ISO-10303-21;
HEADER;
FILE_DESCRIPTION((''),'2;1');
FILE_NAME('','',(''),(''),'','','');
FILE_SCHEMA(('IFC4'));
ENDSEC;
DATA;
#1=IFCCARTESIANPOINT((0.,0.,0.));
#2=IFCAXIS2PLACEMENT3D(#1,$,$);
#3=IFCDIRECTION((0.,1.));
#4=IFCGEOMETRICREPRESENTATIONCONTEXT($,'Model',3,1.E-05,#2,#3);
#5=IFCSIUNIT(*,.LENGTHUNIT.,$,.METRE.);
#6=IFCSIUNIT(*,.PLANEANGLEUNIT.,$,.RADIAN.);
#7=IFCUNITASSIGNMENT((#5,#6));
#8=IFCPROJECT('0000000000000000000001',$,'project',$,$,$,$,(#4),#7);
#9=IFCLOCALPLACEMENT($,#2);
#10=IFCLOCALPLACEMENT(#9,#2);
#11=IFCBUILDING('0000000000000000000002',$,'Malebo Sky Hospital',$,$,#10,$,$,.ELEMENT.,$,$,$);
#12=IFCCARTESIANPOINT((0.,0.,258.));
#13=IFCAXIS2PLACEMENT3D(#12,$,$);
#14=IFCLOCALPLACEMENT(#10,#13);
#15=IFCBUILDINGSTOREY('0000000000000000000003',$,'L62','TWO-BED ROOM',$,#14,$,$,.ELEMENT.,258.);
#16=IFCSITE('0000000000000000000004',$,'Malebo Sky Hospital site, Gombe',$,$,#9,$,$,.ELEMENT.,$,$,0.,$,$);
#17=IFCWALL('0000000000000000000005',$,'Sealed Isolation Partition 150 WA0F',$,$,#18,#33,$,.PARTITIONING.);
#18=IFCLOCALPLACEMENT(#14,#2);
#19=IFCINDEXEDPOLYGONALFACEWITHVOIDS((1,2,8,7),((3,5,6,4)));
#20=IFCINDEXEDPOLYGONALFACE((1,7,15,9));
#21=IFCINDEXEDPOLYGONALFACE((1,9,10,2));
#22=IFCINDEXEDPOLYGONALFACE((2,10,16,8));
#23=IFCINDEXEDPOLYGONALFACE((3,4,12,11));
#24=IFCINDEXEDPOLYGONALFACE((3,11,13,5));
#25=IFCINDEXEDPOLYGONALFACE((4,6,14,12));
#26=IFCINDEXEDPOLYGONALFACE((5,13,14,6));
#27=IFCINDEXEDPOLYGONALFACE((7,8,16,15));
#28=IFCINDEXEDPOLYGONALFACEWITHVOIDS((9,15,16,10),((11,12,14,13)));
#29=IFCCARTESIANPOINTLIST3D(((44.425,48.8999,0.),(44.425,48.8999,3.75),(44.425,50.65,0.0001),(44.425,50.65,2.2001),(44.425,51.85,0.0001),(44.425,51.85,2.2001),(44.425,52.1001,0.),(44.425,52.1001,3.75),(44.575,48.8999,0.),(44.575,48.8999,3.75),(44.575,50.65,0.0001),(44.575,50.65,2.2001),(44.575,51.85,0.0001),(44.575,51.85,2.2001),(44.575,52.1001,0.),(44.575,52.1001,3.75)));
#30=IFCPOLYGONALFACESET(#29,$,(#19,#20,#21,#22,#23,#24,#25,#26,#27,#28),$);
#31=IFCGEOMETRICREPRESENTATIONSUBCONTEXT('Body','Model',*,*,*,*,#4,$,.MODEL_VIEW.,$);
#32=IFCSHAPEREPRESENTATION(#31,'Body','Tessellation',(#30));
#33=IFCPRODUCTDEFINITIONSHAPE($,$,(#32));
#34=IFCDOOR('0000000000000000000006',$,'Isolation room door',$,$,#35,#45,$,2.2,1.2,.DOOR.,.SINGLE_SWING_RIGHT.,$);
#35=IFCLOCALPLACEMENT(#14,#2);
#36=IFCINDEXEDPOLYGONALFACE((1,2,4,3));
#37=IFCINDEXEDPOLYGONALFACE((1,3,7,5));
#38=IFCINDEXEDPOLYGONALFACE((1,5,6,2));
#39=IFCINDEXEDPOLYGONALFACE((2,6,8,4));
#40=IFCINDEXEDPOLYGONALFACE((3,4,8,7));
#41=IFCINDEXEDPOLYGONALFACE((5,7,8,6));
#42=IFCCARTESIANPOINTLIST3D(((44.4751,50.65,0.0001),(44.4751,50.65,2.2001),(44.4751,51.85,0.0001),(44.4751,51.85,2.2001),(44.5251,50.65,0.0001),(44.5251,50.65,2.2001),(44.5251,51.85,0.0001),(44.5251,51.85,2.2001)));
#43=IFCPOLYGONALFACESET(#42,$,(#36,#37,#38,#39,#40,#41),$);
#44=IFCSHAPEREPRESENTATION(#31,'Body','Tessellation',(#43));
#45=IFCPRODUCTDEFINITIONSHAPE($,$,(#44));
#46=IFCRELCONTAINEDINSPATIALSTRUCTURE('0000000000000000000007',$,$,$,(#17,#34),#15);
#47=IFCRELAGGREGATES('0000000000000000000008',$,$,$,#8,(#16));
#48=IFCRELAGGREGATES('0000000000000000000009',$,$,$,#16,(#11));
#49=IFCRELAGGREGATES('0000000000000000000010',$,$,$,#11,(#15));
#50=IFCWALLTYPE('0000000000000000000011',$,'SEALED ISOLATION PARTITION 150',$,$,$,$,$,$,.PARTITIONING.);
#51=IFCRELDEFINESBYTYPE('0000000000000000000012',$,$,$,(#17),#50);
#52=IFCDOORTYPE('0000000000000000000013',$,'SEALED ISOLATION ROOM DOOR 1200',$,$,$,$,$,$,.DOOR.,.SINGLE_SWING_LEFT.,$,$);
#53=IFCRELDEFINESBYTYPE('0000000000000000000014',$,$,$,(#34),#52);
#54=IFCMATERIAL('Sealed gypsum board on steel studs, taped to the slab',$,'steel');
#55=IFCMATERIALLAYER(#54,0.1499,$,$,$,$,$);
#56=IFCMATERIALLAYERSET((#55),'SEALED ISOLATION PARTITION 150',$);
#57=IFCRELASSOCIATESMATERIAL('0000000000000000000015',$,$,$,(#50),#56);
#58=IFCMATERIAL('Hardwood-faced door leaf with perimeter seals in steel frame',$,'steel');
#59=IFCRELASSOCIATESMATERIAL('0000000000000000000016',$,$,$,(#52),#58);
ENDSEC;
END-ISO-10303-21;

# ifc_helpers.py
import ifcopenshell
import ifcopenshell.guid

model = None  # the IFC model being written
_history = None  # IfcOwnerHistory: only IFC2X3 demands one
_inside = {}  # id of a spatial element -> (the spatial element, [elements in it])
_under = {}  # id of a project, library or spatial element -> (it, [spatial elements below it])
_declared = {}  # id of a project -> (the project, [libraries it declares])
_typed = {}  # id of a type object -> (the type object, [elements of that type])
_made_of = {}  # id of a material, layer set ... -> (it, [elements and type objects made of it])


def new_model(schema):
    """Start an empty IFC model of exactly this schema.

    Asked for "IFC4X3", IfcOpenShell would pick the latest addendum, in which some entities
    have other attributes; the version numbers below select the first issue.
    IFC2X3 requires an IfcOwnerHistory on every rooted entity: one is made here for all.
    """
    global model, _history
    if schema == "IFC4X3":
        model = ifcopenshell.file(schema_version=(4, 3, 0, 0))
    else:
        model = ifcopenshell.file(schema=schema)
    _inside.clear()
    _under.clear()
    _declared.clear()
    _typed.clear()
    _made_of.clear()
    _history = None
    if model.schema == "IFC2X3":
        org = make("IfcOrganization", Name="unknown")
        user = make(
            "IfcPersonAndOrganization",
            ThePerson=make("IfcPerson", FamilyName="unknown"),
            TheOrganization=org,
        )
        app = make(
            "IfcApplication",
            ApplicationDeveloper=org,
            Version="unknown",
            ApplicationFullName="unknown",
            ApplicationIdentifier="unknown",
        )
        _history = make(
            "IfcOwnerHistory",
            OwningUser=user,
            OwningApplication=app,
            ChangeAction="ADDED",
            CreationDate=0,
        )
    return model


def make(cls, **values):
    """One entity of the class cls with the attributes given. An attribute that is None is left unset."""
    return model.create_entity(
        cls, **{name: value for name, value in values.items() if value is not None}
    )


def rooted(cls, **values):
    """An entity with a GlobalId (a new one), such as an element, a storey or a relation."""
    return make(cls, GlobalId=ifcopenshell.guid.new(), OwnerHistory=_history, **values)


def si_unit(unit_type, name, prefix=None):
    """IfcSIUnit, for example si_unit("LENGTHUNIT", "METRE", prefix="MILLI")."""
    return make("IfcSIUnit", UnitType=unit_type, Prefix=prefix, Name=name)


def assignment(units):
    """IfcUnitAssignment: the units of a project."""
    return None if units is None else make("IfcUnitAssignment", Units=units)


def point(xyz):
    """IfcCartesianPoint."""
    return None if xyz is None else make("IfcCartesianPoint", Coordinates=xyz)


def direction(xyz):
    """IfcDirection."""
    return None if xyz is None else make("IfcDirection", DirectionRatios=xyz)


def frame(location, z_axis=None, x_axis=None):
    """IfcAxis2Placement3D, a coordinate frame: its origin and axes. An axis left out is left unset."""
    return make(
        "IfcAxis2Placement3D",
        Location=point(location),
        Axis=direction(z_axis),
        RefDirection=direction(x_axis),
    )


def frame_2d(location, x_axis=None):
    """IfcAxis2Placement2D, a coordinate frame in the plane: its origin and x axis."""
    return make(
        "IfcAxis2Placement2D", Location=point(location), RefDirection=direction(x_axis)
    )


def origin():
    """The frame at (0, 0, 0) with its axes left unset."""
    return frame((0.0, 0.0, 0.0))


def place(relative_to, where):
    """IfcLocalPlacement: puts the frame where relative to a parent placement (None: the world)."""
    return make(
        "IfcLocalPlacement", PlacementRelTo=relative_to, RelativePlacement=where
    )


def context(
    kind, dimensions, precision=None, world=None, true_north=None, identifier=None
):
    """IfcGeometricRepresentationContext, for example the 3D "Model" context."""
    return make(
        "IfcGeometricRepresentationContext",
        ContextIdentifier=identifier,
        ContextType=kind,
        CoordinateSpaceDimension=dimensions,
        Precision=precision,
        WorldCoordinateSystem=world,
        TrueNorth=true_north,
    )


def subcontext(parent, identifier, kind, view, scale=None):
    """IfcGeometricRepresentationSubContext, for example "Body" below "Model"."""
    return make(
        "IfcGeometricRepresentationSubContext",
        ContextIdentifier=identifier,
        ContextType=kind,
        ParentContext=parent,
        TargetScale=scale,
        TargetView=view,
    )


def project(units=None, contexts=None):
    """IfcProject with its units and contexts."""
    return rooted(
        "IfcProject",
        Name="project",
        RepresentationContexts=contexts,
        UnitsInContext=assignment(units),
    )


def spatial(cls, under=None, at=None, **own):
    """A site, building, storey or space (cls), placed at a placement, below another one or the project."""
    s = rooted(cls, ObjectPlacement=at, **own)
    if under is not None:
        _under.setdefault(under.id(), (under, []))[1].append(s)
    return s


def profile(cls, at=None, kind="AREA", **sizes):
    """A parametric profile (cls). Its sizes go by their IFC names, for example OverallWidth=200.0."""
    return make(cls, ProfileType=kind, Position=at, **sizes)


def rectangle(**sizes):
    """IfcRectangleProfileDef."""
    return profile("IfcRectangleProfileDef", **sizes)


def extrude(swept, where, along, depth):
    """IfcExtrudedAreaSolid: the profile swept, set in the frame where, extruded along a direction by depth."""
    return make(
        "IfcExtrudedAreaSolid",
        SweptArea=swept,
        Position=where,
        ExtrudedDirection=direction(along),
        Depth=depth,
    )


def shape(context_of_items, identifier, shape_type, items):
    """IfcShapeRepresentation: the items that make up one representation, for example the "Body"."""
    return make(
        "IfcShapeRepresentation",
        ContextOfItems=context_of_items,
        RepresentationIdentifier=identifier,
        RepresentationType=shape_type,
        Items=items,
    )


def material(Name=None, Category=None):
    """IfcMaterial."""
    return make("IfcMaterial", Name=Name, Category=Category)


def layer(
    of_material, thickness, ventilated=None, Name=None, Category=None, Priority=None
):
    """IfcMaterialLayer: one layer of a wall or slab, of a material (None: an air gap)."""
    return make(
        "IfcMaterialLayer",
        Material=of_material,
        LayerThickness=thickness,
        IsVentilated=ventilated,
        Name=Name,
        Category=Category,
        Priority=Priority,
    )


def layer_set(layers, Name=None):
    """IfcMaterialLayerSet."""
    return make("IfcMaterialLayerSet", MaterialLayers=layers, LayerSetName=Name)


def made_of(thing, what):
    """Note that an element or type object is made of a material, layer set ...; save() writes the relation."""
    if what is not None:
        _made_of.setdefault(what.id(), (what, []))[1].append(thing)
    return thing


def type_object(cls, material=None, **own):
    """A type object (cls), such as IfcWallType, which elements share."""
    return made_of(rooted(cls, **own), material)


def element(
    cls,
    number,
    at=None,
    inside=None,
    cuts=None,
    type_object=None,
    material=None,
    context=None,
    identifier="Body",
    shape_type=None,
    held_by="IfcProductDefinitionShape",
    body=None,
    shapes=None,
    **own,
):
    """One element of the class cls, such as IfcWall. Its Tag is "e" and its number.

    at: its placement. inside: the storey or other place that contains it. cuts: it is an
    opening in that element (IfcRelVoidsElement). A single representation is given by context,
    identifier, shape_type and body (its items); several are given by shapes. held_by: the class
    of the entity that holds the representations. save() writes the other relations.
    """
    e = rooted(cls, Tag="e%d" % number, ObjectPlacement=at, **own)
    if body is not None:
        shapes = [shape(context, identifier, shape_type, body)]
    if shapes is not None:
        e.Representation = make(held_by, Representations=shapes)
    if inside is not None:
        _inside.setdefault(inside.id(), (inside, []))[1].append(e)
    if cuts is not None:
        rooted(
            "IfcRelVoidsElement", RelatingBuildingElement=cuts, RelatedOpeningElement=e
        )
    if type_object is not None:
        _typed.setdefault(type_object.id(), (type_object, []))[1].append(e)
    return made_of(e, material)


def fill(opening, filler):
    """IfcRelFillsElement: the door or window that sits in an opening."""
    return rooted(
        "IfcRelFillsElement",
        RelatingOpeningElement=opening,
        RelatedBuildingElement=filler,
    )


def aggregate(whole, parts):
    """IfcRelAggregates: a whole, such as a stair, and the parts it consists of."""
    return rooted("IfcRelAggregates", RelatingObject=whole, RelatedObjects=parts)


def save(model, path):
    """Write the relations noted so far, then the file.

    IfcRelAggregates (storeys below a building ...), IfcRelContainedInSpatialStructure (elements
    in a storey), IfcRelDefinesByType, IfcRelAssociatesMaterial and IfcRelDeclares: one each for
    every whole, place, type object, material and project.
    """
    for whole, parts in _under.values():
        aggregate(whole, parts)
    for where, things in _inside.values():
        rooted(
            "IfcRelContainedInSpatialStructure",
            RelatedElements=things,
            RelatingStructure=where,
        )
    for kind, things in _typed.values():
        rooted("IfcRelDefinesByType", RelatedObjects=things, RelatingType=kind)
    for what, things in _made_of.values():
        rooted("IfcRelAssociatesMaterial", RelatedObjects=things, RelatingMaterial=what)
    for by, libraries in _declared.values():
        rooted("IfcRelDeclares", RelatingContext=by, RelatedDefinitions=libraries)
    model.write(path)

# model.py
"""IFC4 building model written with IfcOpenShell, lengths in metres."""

from ifc_helpers import new_model, si_unit, direction, frame, frame_2d, origin, place, context, subcontext, project, spatial, rectangle, extrude, material, layer, layer_set, type_object, element, fill, save


model = new_model("IFC4")

# Units and contexts
model_context = context("Model", 3, precision=1e-05, world=origin(), true_north=direction((0.0, 1.0)))
body_context = subcontext(model_context, "Body", "Model", "MODEL_VIEW")
ifc_project = project(units=[si_unit("LENGTHUNIT", "METRE"), si_unit("PLANEANGLEUNIT", "RADIAN")], contexts=[model_context])

# Site, building, storey
site_placement = place(None, origin())
site = spatial("IfcSite", under=ifc_project, at=site_placement, Name="Malebo Sky Hospital site, Gombe", CompositionType="ELEMENT", RefElevation=0.0)
building_placement = place(site_placement, origin())
building = spatial("IfcBuilding", under=site, at=building_placement, Name="Malebo Sky Hospital", CompositionType="ELEMENT")
storey_placement = place(building_placement, frame((0.0, 0.0, 258.0)))
storey = spatial("IfcBuildingStorey", under=building, at=storey_placement, Name="L62", Description="TWO-BED ROOM", CompositionType="ELEMENT", Elevation=258.0)

# Wall, opening, door
ifc_material_1 = material(Name="Sealed gypsum board on steel studs, taped to the slab", Category="steel")
ifc_layer_1 = layer(ifc_material_1, 0.1499)
ifc_layer_set_1 = layer_set([ifc_layer_1], Name="SEALED ISOLATION PARTITION 150")
wall_type_1 = type_object("IfcWallType", Name="SEALED ISOLATION PARTITION 150", PredefinedType="PARTITIONING", material=ifc_layer_set_1)
wall_1_placement = place(storey_placement, frame((44.5, 48.8999, 0.0), z_axis=(0.0, 0.0, 1.0), x_axis=(0.0, 1.0, 0.0)))
wall_1 = element("IfcWall", 1, at=wall_1_placement, inside=storey, type_object=wall_type_1, Name="Sealed Isolation Partition 150 WA0F", PredefinedType="PARTITIONING", context=body_context, shape_type="SweptSolid", body=[
    extrude(rectangle(XDim=3.2002, YDim=0.1499, at=frame_2d((1.6001, 0.0))), origin(), (0.0, 0.0, 1.0), 3.75),
])
opening_1_placement = place(wall_1_placement, frame((1.75, 0.0, 0.0)))
opening_1 = element("IfcOpeningElement", 2, at=opening_1_placement, cuts=wall_1, PredefinedType="OPENING", context=body_context, shape_type="SweptSolid", body=[
    extrude(rectangle(XDim=1.2, YDim=2.2, at=frame_2d((0.6001, 1.1001))), frame((0.0, 0.085, 0.0), z_axis=(0.0, -1.0, 0.0), x_axis=(1.0, 0.0, 0.0)), (0.0, 0.0, 1.0), 0.1699),
])
ifc_material_2 = material(Name="Hardwood-faced door leaf with perimeter seals in steel frame", Category="steel")
door_type_1 = type_object("IfcDoorType", Name="SEALED ISOLATION ROOM DOOR 1200", OperationType="SINGLE_SWING_LEFT", PredefinedType="DOOR", material=ifc_material_2)
door_1_placement = place(opening_1_placement, origin())
door_1 = element("IfcDoor", 3, at=door_1_placement, inside=storey, type_object=door_type_1, Name="Isolation room door", OperationType="SINGLE_SWING_RIGHT", OverallHeight=2.2, OverallWidth=1.2, PredefinedType="DOOR", context=body_context, shape_type="SweptSolid", body=[
    extrude(rectangle(XDim=1.2, YDim=2.2, at=frame_2d((0.6001, 1.1001))), frame((0.0, 0.0249, 0.0), z_axis=(0.0, -1.0, 0.0), x_axis=(1.0, 0.0, 0.0)), (0.0, 0.0, 1.0), 0.05),
])
fill(opening_1, door_1)

save(model, "model.ifc")
